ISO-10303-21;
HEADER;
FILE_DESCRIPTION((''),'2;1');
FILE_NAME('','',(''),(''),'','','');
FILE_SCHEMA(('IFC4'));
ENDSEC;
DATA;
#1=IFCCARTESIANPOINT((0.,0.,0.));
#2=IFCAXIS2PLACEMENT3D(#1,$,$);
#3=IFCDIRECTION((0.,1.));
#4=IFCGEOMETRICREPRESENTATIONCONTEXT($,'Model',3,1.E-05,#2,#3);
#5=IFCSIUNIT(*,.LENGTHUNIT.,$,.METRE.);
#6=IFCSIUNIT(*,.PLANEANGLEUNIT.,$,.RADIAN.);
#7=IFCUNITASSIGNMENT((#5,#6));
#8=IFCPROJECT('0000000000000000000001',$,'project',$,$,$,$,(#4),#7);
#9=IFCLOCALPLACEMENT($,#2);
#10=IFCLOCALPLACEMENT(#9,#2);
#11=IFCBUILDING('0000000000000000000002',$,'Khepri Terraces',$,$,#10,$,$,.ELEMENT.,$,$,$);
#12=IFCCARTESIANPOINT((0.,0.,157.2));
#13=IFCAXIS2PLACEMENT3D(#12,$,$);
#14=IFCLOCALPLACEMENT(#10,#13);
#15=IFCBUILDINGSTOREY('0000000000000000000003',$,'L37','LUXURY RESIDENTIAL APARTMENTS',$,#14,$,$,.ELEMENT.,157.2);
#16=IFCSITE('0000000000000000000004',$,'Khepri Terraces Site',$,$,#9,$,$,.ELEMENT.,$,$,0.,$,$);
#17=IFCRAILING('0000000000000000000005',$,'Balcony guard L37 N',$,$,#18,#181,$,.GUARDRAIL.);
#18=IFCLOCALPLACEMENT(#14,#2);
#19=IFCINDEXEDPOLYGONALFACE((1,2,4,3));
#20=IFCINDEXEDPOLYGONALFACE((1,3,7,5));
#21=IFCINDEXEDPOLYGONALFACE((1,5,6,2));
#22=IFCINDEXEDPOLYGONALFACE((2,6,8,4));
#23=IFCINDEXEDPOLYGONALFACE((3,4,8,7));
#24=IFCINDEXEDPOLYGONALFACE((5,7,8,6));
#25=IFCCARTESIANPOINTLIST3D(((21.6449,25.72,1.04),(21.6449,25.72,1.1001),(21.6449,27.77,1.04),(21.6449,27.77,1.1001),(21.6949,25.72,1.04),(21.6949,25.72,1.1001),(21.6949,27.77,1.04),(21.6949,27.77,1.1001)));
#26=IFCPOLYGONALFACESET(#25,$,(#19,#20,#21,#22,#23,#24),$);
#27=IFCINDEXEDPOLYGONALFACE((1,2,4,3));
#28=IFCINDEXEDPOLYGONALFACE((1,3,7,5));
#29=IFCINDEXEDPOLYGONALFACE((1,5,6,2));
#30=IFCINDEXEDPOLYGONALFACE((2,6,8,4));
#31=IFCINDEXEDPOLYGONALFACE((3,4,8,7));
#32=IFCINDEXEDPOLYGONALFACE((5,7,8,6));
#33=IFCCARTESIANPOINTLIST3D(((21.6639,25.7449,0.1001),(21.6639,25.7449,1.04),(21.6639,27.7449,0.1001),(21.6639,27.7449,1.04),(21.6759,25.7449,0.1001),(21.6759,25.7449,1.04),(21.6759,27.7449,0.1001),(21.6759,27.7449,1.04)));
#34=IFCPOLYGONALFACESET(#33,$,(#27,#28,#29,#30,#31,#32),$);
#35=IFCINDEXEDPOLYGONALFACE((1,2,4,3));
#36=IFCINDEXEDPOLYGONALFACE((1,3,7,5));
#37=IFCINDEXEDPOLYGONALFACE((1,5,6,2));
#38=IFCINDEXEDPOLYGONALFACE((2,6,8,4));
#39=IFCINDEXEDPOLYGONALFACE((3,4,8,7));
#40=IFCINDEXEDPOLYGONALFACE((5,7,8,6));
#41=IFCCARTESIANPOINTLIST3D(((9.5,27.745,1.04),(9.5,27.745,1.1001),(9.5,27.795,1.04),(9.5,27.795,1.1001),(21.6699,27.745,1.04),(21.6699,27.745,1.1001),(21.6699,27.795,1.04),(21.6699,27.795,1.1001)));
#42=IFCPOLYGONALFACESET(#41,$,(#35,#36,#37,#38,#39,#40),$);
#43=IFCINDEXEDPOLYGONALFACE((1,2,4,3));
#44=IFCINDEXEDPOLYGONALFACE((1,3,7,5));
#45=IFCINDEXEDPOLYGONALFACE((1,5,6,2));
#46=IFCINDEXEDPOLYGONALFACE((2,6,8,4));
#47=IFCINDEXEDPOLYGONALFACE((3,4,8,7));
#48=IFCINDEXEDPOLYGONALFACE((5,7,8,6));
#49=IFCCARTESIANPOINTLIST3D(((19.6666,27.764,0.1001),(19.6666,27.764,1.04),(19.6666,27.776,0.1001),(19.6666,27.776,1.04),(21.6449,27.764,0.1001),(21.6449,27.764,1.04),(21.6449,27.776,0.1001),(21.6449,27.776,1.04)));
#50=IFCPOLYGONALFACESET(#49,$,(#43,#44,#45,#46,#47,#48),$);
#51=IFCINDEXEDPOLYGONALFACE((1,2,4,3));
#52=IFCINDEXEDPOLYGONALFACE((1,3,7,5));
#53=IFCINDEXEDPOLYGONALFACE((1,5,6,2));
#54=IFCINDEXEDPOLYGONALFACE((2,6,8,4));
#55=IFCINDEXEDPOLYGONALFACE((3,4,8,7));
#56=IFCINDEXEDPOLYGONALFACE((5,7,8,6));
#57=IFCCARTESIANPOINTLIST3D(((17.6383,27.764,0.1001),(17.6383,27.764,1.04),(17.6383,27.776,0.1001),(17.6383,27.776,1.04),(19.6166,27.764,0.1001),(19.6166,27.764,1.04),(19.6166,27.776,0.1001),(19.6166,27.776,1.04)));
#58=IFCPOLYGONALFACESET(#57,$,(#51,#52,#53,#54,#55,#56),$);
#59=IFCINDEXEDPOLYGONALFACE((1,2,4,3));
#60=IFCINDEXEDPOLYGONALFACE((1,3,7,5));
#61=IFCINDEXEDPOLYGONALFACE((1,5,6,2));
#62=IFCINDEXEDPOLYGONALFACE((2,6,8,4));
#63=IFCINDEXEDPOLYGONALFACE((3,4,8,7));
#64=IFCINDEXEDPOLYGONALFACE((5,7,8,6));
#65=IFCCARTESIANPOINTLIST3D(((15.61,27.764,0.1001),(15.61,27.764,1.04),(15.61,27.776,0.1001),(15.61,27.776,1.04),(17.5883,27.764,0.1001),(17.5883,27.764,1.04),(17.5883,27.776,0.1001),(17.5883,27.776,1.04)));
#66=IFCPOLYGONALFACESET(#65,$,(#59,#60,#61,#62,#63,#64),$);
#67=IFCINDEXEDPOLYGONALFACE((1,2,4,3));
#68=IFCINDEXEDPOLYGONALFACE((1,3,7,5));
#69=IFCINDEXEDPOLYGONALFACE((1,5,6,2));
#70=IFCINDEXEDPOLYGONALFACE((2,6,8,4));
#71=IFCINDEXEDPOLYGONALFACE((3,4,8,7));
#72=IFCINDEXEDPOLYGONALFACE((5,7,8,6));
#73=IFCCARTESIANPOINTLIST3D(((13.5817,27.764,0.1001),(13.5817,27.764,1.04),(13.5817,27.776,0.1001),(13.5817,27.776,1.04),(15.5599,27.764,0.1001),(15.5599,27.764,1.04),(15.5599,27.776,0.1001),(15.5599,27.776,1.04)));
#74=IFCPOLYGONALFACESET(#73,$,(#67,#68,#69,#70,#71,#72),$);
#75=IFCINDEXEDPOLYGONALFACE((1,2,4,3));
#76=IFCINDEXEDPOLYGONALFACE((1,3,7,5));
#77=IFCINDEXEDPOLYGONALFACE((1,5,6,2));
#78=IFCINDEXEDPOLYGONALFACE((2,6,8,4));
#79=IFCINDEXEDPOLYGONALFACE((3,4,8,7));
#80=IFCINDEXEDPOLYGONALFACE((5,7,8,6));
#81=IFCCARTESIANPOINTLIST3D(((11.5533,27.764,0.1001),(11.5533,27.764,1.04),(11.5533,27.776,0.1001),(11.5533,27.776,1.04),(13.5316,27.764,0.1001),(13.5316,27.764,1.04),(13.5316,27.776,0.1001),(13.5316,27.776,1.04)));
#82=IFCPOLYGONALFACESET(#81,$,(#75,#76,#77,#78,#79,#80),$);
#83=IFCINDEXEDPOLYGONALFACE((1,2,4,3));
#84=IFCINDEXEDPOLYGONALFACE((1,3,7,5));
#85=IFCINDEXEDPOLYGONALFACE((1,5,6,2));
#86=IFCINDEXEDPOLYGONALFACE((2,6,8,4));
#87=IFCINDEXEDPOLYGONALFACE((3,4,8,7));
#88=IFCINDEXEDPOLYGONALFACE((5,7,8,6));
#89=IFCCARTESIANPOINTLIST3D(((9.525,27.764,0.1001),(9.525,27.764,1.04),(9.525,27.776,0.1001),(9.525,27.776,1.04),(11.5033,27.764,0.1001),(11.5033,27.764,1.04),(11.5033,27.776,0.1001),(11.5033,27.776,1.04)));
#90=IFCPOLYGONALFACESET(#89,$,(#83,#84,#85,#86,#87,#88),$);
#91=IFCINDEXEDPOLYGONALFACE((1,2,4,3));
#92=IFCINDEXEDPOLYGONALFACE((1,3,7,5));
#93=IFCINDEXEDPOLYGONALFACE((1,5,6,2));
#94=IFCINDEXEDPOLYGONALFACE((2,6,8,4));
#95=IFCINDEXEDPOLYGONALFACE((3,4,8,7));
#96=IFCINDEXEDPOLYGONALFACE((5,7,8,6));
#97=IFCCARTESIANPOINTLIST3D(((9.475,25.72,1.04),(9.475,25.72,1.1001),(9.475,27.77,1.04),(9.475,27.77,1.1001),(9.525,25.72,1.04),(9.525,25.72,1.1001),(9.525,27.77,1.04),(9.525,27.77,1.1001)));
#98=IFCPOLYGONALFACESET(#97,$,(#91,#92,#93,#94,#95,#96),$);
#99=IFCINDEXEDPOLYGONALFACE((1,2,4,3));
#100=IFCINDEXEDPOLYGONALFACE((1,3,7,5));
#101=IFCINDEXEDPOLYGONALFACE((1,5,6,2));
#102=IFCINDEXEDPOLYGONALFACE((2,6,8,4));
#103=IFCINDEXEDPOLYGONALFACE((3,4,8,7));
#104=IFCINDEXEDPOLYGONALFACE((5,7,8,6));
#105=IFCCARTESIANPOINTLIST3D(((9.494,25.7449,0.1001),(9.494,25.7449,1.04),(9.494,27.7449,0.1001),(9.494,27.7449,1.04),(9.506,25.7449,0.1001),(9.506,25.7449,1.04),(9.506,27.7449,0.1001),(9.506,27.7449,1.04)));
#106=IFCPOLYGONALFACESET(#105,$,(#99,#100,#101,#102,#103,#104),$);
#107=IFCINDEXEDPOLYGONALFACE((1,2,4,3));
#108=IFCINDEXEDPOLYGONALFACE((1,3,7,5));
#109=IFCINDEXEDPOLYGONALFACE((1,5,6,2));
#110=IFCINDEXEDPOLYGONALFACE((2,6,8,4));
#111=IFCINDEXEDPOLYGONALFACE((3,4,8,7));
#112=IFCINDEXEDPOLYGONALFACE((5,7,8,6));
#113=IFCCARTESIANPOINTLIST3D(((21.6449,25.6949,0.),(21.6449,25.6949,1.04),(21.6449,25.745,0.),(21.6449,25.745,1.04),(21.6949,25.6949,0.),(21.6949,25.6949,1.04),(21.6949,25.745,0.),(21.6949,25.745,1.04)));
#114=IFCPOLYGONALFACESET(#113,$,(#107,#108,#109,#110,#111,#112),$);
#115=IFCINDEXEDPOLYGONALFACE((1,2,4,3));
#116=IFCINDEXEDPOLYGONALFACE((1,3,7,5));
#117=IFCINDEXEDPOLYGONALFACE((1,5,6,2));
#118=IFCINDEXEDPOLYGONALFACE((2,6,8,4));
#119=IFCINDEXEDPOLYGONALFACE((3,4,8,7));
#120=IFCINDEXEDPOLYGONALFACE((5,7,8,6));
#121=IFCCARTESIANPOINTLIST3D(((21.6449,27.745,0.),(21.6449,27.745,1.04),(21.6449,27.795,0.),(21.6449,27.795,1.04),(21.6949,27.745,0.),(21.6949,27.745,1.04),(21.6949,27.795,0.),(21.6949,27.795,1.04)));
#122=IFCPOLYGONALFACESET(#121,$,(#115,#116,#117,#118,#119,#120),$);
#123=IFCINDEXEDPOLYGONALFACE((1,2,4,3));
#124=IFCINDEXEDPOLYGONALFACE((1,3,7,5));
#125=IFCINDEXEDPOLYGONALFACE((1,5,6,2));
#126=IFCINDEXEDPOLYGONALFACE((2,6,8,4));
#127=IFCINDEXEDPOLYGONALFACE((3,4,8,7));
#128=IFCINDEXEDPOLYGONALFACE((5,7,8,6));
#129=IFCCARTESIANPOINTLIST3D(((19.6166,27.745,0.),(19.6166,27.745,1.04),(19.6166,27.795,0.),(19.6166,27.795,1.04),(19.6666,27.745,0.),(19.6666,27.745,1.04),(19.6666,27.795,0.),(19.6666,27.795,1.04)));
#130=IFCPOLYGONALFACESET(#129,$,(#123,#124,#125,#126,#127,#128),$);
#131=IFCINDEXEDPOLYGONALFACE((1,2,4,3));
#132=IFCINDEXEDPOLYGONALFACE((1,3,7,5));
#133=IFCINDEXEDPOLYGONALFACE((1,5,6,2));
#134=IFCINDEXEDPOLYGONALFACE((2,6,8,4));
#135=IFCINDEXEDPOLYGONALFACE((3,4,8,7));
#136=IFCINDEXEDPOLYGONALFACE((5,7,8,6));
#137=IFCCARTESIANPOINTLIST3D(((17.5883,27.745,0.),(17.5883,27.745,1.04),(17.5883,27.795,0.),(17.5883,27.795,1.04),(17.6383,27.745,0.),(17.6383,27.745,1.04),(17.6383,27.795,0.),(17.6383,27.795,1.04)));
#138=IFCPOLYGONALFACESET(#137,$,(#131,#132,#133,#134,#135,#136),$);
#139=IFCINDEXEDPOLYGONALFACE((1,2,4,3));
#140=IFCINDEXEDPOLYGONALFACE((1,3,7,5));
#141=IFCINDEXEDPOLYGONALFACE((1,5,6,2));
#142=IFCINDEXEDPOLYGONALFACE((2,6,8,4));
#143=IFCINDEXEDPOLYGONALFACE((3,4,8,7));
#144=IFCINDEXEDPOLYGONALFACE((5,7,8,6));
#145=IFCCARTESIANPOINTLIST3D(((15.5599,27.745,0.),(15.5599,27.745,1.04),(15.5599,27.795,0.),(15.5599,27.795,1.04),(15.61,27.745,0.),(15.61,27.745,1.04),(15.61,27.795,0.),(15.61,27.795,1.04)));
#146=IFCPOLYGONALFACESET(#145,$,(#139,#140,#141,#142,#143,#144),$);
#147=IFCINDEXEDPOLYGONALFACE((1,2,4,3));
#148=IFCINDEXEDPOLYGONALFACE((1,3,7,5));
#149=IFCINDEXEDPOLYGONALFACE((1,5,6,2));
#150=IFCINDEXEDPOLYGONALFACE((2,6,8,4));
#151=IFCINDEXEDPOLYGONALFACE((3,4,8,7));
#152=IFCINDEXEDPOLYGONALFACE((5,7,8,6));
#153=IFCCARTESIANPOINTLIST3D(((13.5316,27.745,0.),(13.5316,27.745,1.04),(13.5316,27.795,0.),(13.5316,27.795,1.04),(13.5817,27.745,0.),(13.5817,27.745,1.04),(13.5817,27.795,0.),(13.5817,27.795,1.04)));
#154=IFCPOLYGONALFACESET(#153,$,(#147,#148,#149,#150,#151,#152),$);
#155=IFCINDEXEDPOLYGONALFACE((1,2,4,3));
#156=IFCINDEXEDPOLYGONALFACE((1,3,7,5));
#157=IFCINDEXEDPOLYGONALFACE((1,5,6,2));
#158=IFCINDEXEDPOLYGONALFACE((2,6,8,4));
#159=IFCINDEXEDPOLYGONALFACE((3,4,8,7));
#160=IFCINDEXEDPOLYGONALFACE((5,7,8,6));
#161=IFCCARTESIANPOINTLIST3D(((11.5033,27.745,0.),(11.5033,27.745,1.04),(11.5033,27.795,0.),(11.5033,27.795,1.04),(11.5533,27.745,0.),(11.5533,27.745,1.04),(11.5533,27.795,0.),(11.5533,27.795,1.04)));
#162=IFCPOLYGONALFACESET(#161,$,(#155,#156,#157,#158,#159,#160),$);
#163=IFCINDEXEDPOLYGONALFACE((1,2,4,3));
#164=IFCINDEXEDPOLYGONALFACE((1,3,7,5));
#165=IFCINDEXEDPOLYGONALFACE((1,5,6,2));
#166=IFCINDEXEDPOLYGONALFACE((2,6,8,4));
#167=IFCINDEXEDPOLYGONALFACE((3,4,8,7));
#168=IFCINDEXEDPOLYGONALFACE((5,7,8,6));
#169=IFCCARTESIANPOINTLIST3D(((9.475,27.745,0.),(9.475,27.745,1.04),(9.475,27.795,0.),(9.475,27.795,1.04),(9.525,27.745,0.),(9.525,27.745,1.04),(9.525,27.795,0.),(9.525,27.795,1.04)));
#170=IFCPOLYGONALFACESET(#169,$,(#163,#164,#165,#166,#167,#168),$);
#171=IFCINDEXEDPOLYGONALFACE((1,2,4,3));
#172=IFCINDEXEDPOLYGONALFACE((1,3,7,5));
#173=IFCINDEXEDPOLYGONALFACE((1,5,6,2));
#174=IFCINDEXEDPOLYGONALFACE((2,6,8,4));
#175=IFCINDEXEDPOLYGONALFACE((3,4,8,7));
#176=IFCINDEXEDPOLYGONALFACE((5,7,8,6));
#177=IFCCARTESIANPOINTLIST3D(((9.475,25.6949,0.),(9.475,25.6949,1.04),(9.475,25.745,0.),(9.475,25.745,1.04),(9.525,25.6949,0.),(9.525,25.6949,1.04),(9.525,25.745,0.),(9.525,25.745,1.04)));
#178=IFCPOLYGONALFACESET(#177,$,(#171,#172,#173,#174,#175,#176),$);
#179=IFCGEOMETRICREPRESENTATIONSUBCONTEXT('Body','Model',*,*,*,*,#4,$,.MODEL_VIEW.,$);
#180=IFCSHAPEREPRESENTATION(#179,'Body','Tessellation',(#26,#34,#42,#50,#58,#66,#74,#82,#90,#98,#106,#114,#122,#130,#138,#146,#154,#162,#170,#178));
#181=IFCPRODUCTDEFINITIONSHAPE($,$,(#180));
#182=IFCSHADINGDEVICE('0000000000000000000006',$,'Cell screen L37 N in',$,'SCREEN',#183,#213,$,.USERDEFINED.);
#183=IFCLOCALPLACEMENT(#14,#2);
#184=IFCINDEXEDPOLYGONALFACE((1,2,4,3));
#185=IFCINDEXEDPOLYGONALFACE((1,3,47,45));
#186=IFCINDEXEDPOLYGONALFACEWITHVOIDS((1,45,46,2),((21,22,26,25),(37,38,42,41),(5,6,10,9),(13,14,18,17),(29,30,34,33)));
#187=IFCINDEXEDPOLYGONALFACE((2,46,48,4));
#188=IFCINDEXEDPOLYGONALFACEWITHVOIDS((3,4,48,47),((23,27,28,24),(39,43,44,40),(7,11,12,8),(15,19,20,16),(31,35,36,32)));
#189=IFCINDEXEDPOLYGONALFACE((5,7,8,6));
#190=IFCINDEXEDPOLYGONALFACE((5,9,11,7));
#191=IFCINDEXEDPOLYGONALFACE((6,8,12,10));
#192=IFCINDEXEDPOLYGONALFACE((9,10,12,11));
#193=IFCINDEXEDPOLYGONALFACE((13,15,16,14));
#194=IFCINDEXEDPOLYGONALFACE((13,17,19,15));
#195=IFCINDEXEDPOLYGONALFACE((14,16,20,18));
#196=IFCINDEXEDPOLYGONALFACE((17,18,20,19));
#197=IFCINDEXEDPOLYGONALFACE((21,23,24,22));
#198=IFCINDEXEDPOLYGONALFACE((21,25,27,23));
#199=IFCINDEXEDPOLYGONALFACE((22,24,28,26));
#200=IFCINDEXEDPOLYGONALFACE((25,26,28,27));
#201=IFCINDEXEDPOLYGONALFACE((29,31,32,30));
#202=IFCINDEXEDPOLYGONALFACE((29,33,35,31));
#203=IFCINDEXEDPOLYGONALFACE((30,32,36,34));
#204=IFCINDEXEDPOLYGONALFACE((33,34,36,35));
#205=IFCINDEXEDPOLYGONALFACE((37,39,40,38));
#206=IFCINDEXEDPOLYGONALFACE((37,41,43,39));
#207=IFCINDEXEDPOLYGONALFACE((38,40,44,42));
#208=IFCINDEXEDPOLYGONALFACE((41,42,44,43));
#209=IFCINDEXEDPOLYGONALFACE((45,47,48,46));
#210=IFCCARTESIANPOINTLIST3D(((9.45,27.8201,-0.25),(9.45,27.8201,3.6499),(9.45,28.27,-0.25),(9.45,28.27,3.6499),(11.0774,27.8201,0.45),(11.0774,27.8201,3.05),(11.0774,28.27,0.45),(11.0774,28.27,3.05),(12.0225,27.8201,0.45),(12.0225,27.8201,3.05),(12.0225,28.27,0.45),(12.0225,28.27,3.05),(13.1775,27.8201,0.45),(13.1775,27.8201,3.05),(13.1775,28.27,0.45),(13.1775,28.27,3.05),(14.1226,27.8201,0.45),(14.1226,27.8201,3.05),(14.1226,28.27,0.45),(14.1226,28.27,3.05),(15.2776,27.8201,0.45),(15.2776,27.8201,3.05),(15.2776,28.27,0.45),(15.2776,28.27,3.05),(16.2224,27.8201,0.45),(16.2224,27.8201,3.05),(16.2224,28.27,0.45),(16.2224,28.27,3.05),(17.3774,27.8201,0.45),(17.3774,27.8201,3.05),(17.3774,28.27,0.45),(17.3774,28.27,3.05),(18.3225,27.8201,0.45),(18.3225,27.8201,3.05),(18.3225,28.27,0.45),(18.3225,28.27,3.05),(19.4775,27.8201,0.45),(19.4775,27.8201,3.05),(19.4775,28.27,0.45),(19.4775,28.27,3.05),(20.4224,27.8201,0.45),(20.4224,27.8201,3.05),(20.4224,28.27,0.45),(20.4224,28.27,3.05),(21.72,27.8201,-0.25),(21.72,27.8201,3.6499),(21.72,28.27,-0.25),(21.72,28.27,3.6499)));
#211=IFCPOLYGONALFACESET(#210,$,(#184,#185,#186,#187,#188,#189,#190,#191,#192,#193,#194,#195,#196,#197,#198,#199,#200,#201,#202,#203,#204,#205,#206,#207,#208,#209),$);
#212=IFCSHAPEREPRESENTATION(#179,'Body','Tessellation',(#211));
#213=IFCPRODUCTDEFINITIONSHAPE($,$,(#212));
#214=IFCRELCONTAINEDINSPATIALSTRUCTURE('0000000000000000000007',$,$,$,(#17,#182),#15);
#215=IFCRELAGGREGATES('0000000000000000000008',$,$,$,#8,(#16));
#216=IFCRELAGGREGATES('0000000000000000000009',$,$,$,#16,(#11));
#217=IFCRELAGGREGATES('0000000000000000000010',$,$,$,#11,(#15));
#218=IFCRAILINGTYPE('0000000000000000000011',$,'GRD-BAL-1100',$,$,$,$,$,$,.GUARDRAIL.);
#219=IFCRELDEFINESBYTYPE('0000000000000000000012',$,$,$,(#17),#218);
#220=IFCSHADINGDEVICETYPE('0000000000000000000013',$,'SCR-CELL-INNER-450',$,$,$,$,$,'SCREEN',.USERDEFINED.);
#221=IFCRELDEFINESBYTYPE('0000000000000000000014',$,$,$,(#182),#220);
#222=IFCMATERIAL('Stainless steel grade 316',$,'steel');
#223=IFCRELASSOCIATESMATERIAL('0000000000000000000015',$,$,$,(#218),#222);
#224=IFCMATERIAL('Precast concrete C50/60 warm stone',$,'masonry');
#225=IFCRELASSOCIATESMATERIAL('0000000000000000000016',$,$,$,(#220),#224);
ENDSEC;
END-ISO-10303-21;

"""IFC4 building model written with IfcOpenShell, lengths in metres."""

from ifc_helpers import new_model, si_unit, direction, frame, origin, origin_2d, place, context, subcontext, project, spatial, polyline, rectangle, outline, extrude, material, type_object, element, save


model = new_model("IFC4")

# Units and contexts
model_context = context("Model", 3, precision=1e-05, world=origin(), true_north=direction((0.0, 1.0)))
body_context = subcontext(model_context, "Body", "Model", "MODEL_VIEW")
ifc_project = project(units=[si_unit("LENGTHUNIT", "METRE"), si_unit("PLANEANGLEUNIT", "RADIAN")], contexts=[model_context])

# Site, building, storey
site_placement = place(None, origin())
site = spatial("IfcSite", under=ifc_project, at=site_placement, Name="Khepri Terraces Site", CompositionType="ELEMENT", RefElevation=0.0)
building_placement = place(site_placement, origin())
building = spatial("IfcBuilding", under=site, at=building_placement, Name="Khepri Terraces", CompositionType="ELEMENT")
storey_placement = place(building_placement, frame((0.0, 0.0, 157.2)))
storey = spatial("IfcBuildingStorey", under=building, at=storey_placement, Name="L37", Description="LUXURY RESIDENTIAL APARTMENTS", CompositionType="ELEMENT", Elevation=157.2)

# Shared definitions
ifc_material_1 = material(Name="Precast concrete C50/60 warm stone", Category="masonry")

# Railing
ifc_material_2 = material(Name="Stainless steel grade 316", Category="steel")
railing_type = type_object("IfcRailingType", Name="GRD-BAL-1100", PredefinedType="GUARDRAIL", material=ifc_material_2)
railing_placement = place(storey_placement, frame((21.6699, 25.72, 0.0)))
element("IfcRailing", 1, at=railing_placement, inside=storey, type_object=railing_type, Name="Balcony guard L37 N", PredefinedType="GUARDRAIL", context=body_context, shape_type="SweptSolid", body=[
    extrude(rectangle(XDim=0.05, YDim=0.0601, at=origin_2d()), frame((0.0, 0.0, 1.0701), z_axis=(0.0, 1.0, 0.0), x_axis=(-1.0, 0.0, 0.0)), (0.0, 0.0, 1.0), 2.05),
    extrude(rectangle(XDim=2.0, YDim=0.012, at=origin_2d()), frame((0.0, 1.0249, 0.1001), z_axis=(0.0, 0.0, 1.0), x_axis=(0.0, 1.0, 0.0)), (0.0, 0.0, 1.0), 0.9399),
    extrude(rectangle(XDim=0.05, YDim=0.0601, at=origin_2d()), frame((0.0, 2.05, 1.0701), z_axis=(-1.0, 0.0, 0.0), x_axis=(0.0, -1.0, 0.0)), (0.0, 0.0, 1.0), 12.1699),
    extrude(rectangle(XDim=1.9783, YDim=0.012, at=origin_2d()), frame((-1.0142, 2.05, 0.1001), z_axis=(0.0, 0.0, 1.0), x_axis=(-1.0, 0.0, 0.0)), (0.0, 0.0, 1.0), 0.9399),
    extrude(rectangle(XDim=1.9783, YDim=0.012, at=origin_2d()), frame((-3.0425, 2.05, 0.1001), z_axis=(0.0, 0.0, 1.0), x_axis=(-1.0, 0.0, 0.0)), (0.0, 0.0, 1.0), 0.9399),
    extrude(rectangle(XDim=1.9783, YDim=0.012, at=origin_2d()), frame((-5.0708, 2.05, 0.1001), z_axis=(0.0, 0.0, 1.0), x_axis=(-1.0, 0.0, 0.0)), (0.0, 0.0, 1.0), 0.9399),
    extrude(rectangle(XDim=1.9783, YDim=0.012, at=origin_2d()), frame((-7.0991, 2.05, 0.1001), z_axis=(0.0, 0.0, 1.0), x_axis=(-1.0, 0.0, 0.0)), (0.0, 0.0, 1.0), 0.9399),
    extrude(rectangle(XDim=1.9783, YDim=0.012, at=origin_2d()), frame((-9.1274, 2.05, 0.1001), z_axis=(0.0, 0.0, 1.0), x_axis=(-1.0, 0.0, 0.0)), (0.0, 0.0, 1.0), 0.9399),
    extrude(rectangle(XDim=1.9783, YDim=0.012, at=origin_2d()), frame((-11.1558, 2.05, 0.1001), z_axis=(0.0, 0.0, 1.0), x_axis=(-1.0, 0.0, 0.0)), (0.0, 0.0, 1.0), 0.9399),
    extrude(rectangle(XDim=0.05, YDim=0.0601, at=origin_2d()), frame((-12.1699, 2.05, 1.0701), z_axis=(0.0, -1.0, 0.0), x_axis=(1.0, 0.0, 0.0)), (0.0, 0.0, 1.0), 2.05),
    extrude(rectangle(XDim=2.0, YDim=0.012, at=origin_2d()), frame((-12.1699, 1.0249, 0.1001), z_axis=(0.0, 0.0, 1.0), x_axis=(0.0, -1.0, 0.0)), (0.0, 0.0, 1.0), 0.9399),
    extrude(rectangle(XDim=0.05, YDim=0.05, at=origin_2d()), origin(), (0.0, 0.0, 1.0), 1.04),
    extrude(rectangle(XDim=0.05, YDim=0.05, at=origin_2d()), frame((0.0, 2.05, 0.0)), (0.0, 0.0, 1.0), 1.04),
    extrude(rectangle(XDim=0.05, YDim=0.05, at=origin_2d()), frame((-2.0283, 2.05, 0.0)), (0.0, 0.0, 1.0), 1.04),
    extrude(rectangle(XDim=0.05, YDim=0.05, at=origin_2d()), frame((-4.0566, 2.05, 0.0)), (0.0, 0.0, 1.0), 1.04),
    extrude(rectangle(XDim=0.05, YDim=0.05, at=origin_2d()), frame((-6.085, 2.05, 0.0)), (0.0, 0.0, 1.0), 1.04),
    extrude(rectangle(XDim=0.05, YDim=0.05, at=origin_2d()), frame((-8.1133, 2.05, 0.0)), (0.0, 0.0, 1.0), 1.04),
    extrude(rectangle(XDim=0.05, YDim=0.05, at=origin_2d()), frame((-10.1416, 2.05, 0.0)), (0.0, 0.0, 1.0), 1.04),
    extrude(rectangle(XDim=0.05, YDim=0.05, at=origin_2d()), frame((-12.1699, 2.05, 0.0)), (0.0, 0.0, 1.0), 1.04),
    extrude(rectangle(XDim=0.05, YDim=0.05, at=origin_2d()), frame((-12.1699, 0.0, 0.0)), (0.0, 0.0, 1.0), 1.04),
])

# Shading device
shading_device_type_1 = type_object("IfcShadingDeviceType", Name="SCR-CELL-INNER-450", ElementType="SCREEN", PredefinedType="USERDEFINED", material=ifc_material_1)
shading_device_1_placement = place(storey_placement, frame((21.72, 27.8201, -0.25), z_axis=(0.0, 1.0, 0.0), x_axis=(-1.0, 0.0, 0.0)))
element("IfcShadingDevice", 2, at=shading_device_1_placement, inside=storey, type_object=shading_device_type_1, Name="Cell screen L37 N in", ObjectType="SCREEN", PredefinedType="USERDEFINED", context=body_context, shape_type="SweptSolid", body=[
    extrude(outline(polyline([(0.0, 0.0), (12.27, 0.0), (12.27, 3.8999), (0.0, 3.8999), (0.0, 0.0)]), holes=[polyline([(1.2976, 0.7), (2.2424, 0.7), (2.2424, 3.3), (1.2976, 3.3), (1.2976, 0.7)]), polyline([(3.3975, 0.7), (4.3425, 0.7), (4.3425, 3.3), (3.3975, 3.3), (3.3975, 0.7)]), polyline([(5.4976, 0.7), (6.4424, 0.7), (6.4424, 3.3), (5.4976, 3.3), (5.4976, 0.7)]), polyline([(7.5974, 0.7), (8.5425, 0.7), (8.5425, 3.3), (7.5974, 3.3), (7.5974, 0.7)]), polyline([(9.6975, 0.7), (10.6426, 0.7), (10.6426, 3.3), (9.6975, 3.3), (9.6975, 0.7)])]), origin(), (0.0, 0.0, 1.0), 0.45),
])

save(model, "model.ifc")
